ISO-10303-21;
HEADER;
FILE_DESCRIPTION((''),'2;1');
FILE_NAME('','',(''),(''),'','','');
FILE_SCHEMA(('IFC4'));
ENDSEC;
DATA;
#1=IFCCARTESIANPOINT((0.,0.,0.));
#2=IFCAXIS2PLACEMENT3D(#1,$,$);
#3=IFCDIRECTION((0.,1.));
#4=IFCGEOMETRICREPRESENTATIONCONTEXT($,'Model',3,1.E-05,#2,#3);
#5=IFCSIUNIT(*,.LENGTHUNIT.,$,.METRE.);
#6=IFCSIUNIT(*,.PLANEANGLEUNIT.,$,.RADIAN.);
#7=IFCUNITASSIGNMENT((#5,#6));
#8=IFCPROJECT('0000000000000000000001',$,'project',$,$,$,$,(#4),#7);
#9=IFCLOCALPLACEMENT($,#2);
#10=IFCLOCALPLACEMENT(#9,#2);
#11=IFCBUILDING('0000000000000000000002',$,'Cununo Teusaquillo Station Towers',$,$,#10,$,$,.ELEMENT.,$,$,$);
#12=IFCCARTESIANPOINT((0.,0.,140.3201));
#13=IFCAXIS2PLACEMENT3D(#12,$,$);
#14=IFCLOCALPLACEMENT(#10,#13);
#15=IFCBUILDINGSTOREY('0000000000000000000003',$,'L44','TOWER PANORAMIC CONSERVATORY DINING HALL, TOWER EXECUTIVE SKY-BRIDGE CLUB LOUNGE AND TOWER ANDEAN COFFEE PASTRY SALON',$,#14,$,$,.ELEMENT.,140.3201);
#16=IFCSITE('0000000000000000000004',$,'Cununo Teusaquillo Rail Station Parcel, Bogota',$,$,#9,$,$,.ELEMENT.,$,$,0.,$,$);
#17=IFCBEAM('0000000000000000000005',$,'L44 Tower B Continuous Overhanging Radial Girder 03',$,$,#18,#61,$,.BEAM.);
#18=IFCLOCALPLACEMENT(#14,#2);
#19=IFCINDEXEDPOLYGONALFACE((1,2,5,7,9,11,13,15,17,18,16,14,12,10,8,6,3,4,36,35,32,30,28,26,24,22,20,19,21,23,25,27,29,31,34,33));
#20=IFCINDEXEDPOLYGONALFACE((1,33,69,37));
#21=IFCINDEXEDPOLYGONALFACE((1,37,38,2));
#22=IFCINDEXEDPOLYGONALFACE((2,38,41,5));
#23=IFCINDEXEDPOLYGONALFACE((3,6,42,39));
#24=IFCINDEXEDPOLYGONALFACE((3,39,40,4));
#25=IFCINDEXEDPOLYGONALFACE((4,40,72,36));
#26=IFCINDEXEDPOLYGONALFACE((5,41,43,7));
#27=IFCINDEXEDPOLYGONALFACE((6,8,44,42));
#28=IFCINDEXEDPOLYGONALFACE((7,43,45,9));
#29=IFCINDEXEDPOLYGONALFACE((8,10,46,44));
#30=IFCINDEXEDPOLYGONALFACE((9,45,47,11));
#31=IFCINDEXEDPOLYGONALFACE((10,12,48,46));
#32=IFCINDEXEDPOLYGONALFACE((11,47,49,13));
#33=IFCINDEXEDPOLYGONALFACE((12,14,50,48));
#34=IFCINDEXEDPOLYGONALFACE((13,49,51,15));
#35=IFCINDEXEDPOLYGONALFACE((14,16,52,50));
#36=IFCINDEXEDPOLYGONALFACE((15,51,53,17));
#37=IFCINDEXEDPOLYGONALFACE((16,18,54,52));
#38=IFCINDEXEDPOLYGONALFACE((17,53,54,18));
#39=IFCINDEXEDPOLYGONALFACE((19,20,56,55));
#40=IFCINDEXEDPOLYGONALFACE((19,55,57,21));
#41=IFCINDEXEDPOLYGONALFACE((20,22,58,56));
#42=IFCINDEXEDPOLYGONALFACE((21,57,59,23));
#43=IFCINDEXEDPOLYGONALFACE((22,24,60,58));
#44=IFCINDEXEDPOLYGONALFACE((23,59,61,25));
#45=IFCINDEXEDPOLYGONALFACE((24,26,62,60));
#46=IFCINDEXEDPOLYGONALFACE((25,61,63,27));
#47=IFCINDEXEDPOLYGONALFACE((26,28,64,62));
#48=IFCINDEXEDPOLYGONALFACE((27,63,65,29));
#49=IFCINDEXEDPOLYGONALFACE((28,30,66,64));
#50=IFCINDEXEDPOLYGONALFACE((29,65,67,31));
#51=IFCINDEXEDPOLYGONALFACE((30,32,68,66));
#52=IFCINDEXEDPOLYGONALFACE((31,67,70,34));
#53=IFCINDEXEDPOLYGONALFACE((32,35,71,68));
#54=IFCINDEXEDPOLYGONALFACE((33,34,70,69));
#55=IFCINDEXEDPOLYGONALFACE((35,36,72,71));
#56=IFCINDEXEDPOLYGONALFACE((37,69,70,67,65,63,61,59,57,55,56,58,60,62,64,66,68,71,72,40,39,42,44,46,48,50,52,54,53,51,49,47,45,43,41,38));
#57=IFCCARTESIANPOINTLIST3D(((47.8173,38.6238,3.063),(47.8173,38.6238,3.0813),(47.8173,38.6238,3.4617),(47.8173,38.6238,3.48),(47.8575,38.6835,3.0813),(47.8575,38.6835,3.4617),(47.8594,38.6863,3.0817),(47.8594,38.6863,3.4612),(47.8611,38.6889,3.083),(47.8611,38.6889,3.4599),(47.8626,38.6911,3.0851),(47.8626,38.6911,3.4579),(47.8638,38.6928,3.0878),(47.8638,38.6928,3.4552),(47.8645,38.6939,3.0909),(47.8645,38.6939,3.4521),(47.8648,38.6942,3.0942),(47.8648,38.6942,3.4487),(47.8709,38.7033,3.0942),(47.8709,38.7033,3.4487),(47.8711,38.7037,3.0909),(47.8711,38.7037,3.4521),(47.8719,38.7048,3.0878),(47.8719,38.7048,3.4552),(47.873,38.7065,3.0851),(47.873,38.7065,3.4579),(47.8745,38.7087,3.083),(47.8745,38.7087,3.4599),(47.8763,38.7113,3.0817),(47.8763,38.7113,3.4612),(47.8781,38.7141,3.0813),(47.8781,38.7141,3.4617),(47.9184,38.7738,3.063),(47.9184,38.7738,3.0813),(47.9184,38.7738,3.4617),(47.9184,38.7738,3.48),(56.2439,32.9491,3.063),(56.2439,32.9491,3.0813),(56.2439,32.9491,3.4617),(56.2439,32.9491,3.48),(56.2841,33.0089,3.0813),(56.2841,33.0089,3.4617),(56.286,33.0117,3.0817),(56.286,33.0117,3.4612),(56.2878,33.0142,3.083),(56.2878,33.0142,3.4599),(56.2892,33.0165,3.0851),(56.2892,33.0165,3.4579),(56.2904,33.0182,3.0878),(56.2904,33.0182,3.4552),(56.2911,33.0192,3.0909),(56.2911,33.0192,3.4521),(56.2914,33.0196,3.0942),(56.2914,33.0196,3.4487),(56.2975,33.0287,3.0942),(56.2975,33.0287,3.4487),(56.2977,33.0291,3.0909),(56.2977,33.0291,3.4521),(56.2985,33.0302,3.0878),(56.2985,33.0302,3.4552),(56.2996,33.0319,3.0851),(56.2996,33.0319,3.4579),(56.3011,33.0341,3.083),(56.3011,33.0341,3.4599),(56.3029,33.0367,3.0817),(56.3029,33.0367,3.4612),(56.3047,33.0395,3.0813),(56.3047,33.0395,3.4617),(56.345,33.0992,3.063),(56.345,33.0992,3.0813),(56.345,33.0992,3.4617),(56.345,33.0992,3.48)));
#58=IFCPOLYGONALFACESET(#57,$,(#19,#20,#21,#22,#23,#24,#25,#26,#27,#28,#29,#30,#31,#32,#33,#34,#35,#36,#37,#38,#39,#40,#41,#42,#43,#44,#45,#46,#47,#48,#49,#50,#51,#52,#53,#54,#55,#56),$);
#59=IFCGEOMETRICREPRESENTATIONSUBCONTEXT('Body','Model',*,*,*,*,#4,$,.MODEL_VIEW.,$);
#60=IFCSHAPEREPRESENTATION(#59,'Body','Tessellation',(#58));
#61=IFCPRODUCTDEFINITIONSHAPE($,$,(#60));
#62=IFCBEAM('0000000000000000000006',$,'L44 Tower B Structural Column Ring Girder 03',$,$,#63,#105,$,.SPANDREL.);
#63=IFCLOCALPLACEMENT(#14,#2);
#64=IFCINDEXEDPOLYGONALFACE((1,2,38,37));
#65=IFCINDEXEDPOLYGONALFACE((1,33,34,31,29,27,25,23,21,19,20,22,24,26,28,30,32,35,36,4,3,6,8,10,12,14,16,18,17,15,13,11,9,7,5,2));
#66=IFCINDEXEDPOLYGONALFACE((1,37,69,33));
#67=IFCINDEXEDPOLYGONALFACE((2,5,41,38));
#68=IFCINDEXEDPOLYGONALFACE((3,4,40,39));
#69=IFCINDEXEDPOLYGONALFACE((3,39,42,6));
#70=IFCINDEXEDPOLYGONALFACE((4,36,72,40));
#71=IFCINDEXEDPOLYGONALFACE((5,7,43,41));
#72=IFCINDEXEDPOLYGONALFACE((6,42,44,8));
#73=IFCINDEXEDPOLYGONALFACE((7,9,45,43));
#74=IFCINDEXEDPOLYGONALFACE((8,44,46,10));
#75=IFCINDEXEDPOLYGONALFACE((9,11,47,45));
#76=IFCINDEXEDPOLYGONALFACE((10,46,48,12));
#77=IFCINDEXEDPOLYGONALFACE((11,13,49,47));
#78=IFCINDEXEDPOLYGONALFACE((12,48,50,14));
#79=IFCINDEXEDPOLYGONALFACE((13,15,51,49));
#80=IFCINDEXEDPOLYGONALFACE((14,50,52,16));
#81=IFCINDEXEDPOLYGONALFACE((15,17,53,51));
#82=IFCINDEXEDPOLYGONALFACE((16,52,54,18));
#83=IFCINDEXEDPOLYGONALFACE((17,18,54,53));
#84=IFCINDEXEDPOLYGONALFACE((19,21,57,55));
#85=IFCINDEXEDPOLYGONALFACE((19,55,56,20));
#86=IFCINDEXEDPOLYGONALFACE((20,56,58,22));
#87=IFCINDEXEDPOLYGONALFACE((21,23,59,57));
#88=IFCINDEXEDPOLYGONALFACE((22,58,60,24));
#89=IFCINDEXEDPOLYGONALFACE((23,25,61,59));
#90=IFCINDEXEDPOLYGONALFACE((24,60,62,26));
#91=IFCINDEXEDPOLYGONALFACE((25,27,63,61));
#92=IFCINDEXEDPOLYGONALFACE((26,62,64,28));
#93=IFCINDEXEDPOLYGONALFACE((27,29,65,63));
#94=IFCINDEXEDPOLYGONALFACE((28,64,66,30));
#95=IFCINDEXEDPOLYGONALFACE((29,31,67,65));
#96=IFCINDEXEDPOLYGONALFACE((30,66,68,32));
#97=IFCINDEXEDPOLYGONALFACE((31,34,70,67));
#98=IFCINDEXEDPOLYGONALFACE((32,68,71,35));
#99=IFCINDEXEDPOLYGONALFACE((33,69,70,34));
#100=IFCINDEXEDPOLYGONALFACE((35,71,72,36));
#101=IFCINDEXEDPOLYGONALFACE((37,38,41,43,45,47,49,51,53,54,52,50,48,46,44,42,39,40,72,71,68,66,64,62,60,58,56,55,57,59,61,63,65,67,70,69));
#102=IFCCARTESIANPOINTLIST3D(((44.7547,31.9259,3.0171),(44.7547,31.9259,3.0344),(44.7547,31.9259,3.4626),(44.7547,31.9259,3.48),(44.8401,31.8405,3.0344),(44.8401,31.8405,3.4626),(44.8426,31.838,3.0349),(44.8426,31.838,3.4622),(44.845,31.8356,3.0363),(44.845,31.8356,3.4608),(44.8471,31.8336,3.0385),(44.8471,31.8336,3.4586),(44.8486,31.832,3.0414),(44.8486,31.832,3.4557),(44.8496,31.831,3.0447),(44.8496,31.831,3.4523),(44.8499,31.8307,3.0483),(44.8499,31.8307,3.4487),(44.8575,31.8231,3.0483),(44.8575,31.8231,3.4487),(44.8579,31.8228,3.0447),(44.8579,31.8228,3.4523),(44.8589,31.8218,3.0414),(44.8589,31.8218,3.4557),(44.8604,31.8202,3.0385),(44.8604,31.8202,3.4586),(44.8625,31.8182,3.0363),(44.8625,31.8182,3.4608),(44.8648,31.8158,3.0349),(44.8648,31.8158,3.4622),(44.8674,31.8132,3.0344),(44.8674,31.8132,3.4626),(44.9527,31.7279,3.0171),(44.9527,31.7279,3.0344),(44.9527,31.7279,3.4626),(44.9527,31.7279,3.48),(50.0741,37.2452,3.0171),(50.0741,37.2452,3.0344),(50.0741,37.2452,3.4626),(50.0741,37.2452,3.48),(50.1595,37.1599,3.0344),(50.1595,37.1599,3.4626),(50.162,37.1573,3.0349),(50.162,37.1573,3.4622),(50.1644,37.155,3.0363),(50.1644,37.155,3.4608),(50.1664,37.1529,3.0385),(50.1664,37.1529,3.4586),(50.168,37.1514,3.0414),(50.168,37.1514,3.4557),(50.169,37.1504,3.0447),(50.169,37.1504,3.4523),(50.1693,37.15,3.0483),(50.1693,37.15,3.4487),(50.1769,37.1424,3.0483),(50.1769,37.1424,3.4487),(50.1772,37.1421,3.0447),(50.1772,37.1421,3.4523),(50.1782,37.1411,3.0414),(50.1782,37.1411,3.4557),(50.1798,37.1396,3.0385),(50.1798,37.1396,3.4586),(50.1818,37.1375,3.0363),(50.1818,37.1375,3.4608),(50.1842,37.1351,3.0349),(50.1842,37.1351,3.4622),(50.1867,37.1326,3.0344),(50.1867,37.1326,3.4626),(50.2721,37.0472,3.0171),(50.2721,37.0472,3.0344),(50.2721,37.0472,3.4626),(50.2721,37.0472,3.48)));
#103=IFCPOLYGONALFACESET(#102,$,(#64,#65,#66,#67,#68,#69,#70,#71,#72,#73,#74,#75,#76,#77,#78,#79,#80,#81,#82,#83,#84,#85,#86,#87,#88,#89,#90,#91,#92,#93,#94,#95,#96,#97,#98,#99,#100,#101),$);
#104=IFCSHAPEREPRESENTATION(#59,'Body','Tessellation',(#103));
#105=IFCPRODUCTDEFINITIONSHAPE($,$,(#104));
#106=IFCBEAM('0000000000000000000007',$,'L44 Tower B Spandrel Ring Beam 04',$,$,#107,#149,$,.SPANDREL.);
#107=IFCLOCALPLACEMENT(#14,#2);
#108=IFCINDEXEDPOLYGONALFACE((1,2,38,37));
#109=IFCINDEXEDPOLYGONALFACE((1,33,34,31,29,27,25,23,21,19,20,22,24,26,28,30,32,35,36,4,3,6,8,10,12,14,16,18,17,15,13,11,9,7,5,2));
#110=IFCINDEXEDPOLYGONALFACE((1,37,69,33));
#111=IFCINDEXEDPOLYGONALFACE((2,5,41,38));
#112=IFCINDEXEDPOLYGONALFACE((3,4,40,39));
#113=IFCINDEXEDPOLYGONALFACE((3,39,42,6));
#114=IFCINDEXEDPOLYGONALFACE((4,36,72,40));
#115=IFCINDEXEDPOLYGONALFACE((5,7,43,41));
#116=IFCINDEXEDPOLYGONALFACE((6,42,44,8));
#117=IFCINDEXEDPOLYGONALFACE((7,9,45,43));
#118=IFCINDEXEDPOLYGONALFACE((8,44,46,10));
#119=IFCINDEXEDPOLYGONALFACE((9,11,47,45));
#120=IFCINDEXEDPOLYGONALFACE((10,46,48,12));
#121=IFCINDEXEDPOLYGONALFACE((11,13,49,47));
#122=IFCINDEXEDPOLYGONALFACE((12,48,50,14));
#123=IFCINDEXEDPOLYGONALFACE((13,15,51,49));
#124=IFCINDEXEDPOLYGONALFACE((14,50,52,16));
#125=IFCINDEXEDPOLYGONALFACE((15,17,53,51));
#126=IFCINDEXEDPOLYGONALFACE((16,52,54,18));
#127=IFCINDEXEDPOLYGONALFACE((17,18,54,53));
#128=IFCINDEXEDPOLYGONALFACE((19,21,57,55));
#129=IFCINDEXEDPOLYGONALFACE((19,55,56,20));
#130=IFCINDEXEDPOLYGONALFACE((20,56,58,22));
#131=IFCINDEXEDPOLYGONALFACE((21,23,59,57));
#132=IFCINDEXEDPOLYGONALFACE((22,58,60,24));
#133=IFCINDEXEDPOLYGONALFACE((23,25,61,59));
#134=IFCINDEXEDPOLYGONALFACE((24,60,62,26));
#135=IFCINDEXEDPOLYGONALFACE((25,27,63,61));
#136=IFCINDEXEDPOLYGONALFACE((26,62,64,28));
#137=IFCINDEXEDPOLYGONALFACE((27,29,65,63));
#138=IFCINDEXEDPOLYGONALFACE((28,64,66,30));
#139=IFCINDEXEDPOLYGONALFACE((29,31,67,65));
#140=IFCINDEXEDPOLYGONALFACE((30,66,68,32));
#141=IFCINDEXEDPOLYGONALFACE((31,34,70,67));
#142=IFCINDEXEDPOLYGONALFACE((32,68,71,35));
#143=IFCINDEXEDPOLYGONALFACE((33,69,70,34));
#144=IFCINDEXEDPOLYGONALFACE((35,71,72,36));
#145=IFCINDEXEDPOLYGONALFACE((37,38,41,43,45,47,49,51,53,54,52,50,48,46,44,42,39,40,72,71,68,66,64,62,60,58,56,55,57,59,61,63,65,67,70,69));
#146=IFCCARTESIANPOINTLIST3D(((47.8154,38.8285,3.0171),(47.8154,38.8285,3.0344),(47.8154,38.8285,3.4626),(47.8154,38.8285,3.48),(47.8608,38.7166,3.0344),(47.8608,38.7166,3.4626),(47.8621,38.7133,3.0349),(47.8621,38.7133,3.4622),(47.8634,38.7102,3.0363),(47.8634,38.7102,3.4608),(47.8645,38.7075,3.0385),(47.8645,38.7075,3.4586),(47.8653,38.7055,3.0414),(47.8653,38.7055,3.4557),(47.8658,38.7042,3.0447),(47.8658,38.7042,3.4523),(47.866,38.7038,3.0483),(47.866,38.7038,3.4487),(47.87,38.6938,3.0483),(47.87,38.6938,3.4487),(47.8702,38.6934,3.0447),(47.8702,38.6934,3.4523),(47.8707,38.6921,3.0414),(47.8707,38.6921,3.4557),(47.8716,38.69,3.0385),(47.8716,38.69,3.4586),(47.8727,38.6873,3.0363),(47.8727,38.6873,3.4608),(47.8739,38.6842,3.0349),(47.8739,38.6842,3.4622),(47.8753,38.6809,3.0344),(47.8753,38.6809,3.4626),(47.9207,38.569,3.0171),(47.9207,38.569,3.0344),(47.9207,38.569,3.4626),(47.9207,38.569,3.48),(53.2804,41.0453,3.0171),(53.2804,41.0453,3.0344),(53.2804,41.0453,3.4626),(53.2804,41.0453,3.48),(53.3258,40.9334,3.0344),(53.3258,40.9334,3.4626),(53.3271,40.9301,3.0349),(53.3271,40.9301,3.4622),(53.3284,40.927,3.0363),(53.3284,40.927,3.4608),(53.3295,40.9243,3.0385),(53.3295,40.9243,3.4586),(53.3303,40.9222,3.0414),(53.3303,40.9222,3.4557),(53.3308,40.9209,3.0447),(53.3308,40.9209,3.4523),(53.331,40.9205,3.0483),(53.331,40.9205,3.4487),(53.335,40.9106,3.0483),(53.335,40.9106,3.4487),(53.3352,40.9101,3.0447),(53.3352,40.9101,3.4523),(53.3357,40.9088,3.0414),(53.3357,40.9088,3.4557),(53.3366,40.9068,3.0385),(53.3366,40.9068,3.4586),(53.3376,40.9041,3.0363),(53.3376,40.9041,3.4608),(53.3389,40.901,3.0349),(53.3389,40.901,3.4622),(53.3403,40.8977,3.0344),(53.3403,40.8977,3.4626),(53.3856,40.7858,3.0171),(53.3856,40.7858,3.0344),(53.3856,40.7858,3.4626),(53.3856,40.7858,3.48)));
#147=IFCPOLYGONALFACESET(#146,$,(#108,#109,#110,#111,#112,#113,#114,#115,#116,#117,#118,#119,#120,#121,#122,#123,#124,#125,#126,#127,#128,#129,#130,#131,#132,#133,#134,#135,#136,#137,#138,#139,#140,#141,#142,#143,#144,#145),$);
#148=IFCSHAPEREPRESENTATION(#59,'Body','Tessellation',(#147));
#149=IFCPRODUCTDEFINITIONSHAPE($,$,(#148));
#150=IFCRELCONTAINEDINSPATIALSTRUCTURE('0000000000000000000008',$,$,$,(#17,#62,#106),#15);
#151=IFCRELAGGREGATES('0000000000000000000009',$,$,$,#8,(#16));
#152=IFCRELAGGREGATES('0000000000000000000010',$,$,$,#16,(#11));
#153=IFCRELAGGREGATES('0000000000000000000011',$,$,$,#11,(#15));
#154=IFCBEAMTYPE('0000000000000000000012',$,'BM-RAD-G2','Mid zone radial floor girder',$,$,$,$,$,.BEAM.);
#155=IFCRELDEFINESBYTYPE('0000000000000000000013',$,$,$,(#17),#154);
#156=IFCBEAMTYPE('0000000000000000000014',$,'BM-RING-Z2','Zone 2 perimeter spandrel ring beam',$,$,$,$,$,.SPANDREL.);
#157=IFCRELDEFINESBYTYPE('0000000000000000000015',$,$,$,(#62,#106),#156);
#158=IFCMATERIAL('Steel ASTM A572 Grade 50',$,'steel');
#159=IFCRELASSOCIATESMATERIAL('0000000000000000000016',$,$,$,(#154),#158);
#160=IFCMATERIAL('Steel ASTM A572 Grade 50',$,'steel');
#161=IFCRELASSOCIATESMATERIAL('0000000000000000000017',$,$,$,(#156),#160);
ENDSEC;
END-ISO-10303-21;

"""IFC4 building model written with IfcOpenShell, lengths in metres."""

from ifc_helpers import new_model, si_unit, direction, frame, origin, origin_2d, place, context, subcontext, project, spatial, i_section, extrude, material, material_profile, profile_set, type_object, element, save


model = new_model("IFC4")

# Units and contexts
model_context = context("Model", 3, precision=1e-05, world=origin(), true_north=direction((0.0, 1.0)))
body_context = subcontext(model_context, "Body", "Model", "MODEL_VIEW")
ifc_project = project(units=[si_unit("LENGTHUNIT", "METRE"), si_unit("PLANEANGLEUNIT", "RADIAN")], contexts=[model_context])

# Site, building, storey
site_placement = place(None, origin())
site = spatial("IfcSite", under=ifc_project, at=site_placement, Name="Cununo Teusaquillo Rail Station Parcel, Bogota", CompositionType="ELEMENT", RefElevation=0.0)
building_placement = place(site_placement, origin())
building = spatial("IfcBuilding", under=site, at=building_placement, Name="Cununo Teusaquillo Station Towers", CompositionType="ELEMENT")
storey_placement = place(building_placement, frame((0.0, 0.0, 140.3201)))
storey = spatial("IfcBuildingStorey", under=building, at=storey_placement, Name="L44", Description="TOWER PANORAMIC CONSERVATORY DINING HALL, TOWER EXECUTIVE SKY-BRIDGE CLUB LOUNGE AND TOWER ANDEAN COFFEE PASTRY SALON", CompositionType="ELEMENT", Elevation=140.3201)

# Beams
ifc_material_1 = material(Name="Steel ASTM A572 Grade 50", Category="steel")
ifc_material_profile_1 = material_profile(ifc_material_1, i_section(OverallWidth=0.1809, OverallDepth=0.417, WebThickness=0.011, FlangeThickness=0.0183, FilletRadius=0.0129, at=origin_2d()), Name="W16X57")
ifc_profile_set_1 = profile_set([ifc_material_profile_1], Name="Steel ASTM A572 Grade 50")
beam_type_1 = type_object("IfcBeamType", Name="BM-RAD-G2", Description="Mid zone radial floor girder", PredefinedType="BEAM", material=ifc_profile_set_1)
beam_1_placement = place(storey_placement, frame((56.2944, 33.0242, 3.2715), z_axis=(-0.829457, 0.558571, 0.0), x_axis=(-0.558571, -0.829457, 0.0)))
element("IfcBeam", 1, at=beam_1_placement, inside=storey, type_object=beam_type_1, Name="L44 Tower B Continuous Overhanging Radial Girder 03", PredefinedType="BEAM", context=body_context, shape_type="SweptSolid", body=[
    extrude(i_section(OverallWidth=0.1809, OverallDepth=0.417, WebThickness=0.011, FlangeThickness=0.0183, FilletRadius=0.0129, at=origin_2d()), origin(), (0.0, 0.0, 1.0), 10.1592),
])
ifc_material_2 = material(Name="Steel ASTM A572 Grade 50", Category="steel")
ifc_material_profile_2 = material_profile(ifc_material_2, i_section(OverallWidth=0.28, OverallDepth=0.4629, WebThickness=0.0107, FlangeThickness=0.0173, FilletRadius=0.0139, at=origin_2d()), Name="W18X76")
ifc_profile_set_2 = profile_set([ifc_material_profile_2], Name="Steel ASTM A572 Grade 50")
beam_type_2 = type_object("IfcBeamType", Name="BM-RING-Z2", Description="Zone 2 perimeter spandrel ring beam", PredefinedType="SPANDREL", material=ifc_profile_set_2)
beam_2_placement = place(storey_placement, frame((50.1731, 37.1462, 3.2485), z_axis=(-0.707107, -0.707107, 0.0), x_axis=(0.707107, -0.707107, 0.0)))
element("IfcBeam", 2, at=beam_2_placement, inside=storey, type_object=beam_type_2, Name="L44 Tower B Structural Column Ring Girder 03", PredefinedType="SPANDREL", context=body_context, shape_type="SweptSolid", body=[
    extrude(i_section(OverallWidth=0.28, OverallDepth=0.4629, WebThickness=0.0107, FlangeThickness=0.0173, FilletRadius=0.0139, at=origin_2d()), origin(), (0.0, 0.0, 1.0), 7.5227),
])
beam_3_placement = place(storey_placement, frame((53.333, 40.9155, 3.2485), z_axis=(-0.926667, -0.375883, 0.0), x_axis=(0.375883, -0.926667, 0.0)))
element("IfcBeam", 3, at=beam_3_placement, inside=storey, type_object=beam_type_2, Name="L44 Tower B Spandrel Ring Beam 04", PredefinedType="SPANDREL", context=body_context, shape_type="SweptSolid", body=[
    extrude(i_section(OverallWidth=0.28, OverallDepth=0.4629, WebThickness=0.0107, FlangeThickness=0.0173, FilletRadius=0.0139, at=origin_2d()), origin(), (0.0, 0.0, 1.0), 5.8975),
])

save(model, "model.ifc")
